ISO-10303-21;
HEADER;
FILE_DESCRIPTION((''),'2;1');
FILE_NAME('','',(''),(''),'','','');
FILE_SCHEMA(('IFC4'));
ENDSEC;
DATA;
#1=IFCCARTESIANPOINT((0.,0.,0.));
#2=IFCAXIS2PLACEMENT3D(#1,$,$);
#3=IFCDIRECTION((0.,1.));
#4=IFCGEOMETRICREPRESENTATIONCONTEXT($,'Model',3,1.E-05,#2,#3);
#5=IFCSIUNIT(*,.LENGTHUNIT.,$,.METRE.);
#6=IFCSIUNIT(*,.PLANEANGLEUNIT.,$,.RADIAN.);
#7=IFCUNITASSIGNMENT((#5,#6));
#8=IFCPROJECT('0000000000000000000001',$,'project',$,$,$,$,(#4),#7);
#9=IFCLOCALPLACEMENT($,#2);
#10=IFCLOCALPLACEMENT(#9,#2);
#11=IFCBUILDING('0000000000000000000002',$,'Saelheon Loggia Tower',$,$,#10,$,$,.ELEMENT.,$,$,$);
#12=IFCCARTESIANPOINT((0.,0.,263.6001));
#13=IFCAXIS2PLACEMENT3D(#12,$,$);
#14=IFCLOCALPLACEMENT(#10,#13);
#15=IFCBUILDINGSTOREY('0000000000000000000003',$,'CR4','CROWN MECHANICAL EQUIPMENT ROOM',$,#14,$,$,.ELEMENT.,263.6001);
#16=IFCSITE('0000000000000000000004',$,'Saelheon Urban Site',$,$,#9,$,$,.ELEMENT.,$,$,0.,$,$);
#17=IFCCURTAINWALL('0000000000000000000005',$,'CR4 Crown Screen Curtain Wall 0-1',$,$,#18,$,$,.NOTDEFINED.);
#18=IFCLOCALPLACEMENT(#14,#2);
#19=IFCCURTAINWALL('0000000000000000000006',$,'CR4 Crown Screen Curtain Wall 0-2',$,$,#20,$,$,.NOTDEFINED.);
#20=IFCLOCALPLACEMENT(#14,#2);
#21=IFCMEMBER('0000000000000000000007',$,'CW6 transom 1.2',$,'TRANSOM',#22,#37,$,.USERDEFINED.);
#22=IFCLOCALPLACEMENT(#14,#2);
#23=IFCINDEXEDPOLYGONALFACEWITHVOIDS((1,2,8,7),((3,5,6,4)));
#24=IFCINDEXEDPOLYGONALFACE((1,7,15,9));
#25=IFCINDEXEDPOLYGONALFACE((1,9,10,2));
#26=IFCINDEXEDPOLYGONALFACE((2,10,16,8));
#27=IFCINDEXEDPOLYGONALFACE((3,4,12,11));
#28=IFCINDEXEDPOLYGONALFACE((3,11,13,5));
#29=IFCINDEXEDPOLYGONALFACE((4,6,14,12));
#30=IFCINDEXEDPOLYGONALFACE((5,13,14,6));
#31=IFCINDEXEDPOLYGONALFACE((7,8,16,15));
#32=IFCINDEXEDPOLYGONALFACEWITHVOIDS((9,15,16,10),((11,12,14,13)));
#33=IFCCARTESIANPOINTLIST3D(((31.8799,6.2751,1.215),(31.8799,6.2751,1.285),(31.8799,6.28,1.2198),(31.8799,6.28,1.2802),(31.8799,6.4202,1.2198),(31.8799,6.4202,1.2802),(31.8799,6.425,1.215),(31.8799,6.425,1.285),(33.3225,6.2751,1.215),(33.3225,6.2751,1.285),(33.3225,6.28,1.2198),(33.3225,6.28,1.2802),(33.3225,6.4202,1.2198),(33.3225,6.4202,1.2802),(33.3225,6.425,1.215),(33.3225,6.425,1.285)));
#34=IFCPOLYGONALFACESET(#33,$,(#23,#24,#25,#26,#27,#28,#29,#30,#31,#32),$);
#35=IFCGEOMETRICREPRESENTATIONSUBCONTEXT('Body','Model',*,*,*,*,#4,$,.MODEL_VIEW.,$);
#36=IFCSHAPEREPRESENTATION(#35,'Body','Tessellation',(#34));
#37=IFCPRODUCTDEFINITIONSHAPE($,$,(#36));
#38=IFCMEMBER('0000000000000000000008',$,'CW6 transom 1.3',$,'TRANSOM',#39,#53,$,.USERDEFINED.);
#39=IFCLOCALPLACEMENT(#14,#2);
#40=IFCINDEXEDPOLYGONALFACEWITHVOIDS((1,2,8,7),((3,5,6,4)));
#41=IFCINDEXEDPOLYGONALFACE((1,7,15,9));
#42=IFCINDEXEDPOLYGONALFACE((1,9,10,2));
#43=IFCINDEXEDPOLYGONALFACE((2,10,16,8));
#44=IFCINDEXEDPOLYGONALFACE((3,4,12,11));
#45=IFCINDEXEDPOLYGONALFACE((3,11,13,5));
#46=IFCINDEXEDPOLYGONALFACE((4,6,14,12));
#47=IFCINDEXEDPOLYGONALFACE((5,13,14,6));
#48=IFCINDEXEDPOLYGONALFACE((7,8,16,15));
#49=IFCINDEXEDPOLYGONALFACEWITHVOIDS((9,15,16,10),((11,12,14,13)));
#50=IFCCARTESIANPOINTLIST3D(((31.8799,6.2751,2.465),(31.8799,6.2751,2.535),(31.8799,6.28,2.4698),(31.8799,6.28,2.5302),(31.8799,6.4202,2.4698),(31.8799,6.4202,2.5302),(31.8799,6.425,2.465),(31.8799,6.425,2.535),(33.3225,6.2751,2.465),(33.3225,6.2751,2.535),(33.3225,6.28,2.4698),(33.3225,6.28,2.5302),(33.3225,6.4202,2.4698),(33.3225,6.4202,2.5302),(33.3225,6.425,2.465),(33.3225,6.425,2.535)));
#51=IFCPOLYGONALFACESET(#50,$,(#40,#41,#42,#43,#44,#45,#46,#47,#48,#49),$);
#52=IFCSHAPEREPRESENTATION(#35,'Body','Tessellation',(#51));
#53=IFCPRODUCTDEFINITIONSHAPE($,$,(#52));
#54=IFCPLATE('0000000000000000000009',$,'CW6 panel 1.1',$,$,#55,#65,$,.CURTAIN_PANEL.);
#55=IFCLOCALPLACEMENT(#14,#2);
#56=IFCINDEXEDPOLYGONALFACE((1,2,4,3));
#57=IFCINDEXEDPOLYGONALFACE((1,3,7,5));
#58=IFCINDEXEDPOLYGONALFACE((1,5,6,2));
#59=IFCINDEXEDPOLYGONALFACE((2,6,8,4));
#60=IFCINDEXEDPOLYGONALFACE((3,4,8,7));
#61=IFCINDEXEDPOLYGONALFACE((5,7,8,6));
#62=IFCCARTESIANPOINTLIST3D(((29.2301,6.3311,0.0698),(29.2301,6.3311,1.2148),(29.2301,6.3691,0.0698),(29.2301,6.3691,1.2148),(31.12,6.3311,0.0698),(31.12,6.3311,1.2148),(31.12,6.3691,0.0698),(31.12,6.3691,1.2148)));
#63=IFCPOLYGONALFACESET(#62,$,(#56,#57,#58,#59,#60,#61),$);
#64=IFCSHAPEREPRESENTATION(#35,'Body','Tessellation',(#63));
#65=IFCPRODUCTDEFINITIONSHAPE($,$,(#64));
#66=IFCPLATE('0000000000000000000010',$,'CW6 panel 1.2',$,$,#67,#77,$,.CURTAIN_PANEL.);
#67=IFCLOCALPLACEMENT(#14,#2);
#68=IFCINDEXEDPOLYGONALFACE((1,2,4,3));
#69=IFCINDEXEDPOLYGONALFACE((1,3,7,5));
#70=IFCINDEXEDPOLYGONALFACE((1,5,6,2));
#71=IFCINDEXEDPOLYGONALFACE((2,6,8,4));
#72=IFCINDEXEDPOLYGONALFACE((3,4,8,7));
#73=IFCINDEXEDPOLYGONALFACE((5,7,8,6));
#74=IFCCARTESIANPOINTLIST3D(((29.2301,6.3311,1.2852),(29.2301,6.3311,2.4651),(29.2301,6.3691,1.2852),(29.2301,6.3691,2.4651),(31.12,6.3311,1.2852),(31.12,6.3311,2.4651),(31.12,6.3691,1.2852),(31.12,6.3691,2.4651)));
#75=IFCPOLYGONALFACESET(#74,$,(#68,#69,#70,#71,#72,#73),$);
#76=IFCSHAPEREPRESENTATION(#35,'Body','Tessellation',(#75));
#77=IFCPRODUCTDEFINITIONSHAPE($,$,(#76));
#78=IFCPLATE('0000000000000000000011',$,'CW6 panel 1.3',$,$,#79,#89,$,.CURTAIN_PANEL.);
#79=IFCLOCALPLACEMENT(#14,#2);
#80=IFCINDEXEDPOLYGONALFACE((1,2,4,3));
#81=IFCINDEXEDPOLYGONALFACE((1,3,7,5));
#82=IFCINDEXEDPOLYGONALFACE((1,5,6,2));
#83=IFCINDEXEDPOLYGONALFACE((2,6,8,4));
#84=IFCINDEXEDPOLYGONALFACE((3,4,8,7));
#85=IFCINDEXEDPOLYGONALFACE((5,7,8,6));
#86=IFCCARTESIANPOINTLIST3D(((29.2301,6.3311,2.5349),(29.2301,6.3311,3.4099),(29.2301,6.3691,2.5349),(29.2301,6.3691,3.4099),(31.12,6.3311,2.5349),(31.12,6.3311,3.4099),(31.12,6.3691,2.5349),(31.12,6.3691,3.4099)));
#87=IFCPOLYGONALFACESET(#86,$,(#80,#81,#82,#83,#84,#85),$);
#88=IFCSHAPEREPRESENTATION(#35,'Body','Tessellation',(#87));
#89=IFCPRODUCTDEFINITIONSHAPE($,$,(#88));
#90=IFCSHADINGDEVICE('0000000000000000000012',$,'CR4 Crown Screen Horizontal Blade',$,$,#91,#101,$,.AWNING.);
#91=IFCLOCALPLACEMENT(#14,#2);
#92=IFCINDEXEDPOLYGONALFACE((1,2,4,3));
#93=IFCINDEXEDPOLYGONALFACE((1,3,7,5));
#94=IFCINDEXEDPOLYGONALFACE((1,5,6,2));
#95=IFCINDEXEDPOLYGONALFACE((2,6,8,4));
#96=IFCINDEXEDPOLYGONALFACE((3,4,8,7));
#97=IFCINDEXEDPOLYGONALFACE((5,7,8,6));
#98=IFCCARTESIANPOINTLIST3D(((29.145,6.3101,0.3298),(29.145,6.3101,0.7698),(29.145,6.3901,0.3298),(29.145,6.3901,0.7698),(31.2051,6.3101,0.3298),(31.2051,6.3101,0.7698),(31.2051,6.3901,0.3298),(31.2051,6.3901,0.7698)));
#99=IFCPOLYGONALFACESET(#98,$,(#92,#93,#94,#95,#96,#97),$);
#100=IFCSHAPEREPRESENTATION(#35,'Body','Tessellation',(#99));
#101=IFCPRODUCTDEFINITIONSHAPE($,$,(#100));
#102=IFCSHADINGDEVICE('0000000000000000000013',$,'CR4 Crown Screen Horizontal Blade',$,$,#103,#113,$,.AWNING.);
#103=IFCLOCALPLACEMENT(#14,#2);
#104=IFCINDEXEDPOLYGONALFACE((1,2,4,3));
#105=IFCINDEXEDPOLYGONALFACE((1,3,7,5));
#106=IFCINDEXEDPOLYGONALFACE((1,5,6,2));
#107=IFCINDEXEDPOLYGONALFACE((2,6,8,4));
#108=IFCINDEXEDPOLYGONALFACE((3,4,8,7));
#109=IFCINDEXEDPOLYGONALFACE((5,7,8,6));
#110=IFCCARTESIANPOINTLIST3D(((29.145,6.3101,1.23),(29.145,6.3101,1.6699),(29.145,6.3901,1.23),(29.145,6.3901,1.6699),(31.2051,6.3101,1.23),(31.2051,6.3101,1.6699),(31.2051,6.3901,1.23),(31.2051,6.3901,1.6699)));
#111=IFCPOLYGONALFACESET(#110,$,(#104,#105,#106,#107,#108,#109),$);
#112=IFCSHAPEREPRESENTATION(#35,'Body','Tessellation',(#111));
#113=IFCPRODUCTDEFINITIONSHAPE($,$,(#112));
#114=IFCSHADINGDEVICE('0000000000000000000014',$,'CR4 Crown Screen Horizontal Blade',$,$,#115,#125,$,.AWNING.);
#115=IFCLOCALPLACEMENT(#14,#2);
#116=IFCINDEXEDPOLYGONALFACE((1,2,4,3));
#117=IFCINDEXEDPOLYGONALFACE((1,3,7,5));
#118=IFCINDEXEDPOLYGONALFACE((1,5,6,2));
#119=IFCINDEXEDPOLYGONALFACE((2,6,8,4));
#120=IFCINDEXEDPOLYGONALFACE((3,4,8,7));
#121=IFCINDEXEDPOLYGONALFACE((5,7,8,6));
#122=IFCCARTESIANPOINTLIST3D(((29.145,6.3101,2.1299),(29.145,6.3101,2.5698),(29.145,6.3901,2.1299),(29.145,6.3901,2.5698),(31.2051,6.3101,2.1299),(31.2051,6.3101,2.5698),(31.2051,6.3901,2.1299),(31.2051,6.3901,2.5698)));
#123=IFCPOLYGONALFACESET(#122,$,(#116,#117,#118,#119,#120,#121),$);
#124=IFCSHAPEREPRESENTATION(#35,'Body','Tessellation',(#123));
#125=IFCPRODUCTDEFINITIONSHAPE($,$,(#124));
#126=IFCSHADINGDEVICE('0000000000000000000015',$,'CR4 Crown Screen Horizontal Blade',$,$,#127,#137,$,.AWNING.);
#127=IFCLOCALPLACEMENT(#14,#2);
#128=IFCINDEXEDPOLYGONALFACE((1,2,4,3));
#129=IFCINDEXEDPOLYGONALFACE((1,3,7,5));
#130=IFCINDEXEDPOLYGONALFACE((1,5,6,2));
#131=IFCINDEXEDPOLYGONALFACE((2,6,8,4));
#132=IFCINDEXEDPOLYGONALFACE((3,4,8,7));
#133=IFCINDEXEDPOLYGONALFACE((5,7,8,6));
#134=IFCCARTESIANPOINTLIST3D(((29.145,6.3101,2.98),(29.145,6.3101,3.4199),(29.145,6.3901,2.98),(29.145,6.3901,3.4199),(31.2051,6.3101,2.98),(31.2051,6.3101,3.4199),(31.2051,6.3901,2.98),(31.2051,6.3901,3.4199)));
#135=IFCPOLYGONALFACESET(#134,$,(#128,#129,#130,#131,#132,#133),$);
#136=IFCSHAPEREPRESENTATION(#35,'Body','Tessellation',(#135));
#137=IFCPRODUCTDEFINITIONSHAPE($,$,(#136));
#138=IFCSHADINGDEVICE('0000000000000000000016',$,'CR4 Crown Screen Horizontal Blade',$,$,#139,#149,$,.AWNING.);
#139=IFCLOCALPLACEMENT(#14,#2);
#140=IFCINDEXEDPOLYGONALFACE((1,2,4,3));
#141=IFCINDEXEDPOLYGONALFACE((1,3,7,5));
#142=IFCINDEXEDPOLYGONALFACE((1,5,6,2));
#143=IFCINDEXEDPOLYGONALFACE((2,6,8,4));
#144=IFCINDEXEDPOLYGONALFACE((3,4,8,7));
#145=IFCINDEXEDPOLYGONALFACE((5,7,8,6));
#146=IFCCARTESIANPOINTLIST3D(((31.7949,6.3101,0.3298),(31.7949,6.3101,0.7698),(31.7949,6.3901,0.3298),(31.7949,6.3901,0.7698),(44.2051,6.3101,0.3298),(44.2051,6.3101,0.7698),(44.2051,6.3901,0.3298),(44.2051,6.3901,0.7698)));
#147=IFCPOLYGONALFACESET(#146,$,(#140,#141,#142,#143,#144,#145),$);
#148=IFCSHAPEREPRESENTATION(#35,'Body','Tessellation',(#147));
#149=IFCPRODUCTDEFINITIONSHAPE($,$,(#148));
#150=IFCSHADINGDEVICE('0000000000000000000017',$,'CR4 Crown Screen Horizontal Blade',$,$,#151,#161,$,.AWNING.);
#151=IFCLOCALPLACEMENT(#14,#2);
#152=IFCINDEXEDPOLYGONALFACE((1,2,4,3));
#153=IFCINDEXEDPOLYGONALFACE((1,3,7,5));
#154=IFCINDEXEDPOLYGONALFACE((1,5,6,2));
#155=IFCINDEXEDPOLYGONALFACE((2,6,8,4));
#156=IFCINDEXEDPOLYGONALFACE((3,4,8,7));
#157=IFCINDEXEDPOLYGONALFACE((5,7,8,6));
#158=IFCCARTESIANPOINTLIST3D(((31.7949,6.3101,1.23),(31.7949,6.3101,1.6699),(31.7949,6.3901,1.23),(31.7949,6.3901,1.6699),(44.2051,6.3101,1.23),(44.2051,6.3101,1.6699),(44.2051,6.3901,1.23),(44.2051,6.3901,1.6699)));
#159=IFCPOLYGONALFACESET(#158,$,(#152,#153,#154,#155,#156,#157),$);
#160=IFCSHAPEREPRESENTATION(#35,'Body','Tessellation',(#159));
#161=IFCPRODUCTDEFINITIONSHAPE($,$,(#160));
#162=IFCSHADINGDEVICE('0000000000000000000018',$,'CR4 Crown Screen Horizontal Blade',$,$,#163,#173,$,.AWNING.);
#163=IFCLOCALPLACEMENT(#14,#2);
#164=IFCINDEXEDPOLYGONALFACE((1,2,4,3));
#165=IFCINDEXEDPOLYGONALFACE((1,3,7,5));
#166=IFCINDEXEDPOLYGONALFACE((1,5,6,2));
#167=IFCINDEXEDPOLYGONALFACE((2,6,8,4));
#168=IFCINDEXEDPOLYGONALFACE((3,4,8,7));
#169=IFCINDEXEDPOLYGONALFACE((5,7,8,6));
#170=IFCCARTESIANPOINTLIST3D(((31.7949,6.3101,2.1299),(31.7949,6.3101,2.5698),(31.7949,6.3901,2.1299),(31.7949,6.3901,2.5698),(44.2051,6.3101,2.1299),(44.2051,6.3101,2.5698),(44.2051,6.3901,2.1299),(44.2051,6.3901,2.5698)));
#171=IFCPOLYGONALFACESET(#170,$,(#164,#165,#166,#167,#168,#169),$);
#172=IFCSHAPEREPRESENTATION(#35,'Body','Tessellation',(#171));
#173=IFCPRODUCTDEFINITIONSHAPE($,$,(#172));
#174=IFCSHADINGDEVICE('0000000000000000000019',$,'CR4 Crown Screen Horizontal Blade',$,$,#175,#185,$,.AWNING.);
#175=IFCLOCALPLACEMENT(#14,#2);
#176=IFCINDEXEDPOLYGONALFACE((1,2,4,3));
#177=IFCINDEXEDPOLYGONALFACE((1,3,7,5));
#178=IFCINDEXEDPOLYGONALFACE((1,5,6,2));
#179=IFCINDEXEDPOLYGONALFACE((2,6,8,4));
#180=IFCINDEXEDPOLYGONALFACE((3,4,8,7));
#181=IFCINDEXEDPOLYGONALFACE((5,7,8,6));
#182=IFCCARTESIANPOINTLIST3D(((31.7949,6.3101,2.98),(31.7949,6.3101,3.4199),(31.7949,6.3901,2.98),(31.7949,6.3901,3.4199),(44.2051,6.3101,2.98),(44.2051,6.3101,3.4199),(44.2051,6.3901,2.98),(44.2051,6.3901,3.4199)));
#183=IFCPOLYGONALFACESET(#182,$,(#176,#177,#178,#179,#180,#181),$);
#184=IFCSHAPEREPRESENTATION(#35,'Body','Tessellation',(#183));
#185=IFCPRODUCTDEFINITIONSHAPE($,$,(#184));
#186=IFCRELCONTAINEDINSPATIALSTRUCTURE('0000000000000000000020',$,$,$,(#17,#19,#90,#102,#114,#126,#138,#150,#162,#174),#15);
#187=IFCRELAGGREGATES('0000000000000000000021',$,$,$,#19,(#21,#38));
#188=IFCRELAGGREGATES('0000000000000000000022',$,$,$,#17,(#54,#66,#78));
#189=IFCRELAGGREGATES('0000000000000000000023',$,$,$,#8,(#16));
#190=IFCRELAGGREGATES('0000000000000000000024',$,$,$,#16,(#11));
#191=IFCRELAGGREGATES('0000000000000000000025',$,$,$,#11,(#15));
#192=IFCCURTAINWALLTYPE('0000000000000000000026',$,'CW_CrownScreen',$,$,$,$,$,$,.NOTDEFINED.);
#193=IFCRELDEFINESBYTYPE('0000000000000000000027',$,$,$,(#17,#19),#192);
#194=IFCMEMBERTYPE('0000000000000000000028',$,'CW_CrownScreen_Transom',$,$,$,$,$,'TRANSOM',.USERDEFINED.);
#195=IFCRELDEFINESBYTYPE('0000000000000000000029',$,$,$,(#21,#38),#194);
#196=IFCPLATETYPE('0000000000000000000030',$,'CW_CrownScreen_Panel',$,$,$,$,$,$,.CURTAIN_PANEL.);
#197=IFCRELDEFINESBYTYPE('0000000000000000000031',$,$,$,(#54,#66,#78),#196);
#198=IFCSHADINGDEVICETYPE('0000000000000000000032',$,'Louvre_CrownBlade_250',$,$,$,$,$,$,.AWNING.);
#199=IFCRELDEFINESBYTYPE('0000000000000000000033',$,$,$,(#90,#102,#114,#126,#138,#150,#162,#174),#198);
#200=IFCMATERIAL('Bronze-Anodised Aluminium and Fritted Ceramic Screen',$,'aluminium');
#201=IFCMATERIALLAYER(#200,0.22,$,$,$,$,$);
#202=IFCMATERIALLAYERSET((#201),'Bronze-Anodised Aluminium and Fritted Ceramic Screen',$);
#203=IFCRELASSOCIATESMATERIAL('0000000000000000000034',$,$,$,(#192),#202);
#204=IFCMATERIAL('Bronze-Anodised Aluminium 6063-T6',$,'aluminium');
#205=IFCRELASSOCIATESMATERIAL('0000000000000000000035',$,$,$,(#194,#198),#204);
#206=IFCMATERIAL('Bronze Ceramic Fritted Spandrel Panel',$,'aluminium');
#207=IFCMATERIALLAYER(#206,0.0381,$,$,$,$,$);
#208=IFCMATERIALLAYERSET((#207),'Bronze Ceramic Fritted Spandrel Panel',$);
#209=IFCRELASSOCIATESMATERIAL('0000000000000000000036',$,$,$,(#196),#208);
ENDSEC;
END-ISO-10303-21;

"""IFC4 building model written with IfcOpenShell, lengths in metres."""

from ifc_helpers import new_model, si_unit, direction, frame, origin, origin_2d, place, context, subcontext, project, spatial, rectangle, hollow_rectangle, extrude, source, transform, mapped, material, layer, layer_set, material_profile, profile_set, type_object, element, aggregate, save


model = new_model("IFC4")

# Units and contexts
model_context = context("Model", 3, precision=1e-05, world=origin(), true_north=direction((0.0, 1.0)))
body_context = subcontext(model_context, "Body", "Model", "MODEL_VIEW")
ifc_project = project(units=[si_unit("LENGTHUNIT", "METRE"), si_unit("PLANEANGLEUNIT", "RADIAN")], contexts=[model_context])

# Site, building, storey
site_placement = place(None, origin())
site = spatial("IfcSite", under=ifc_project, at=site_placement, Name="Saelheon Urban Site", CompositionType="ELEMENT", RefElevation=0.0)
building_placement = place(site_placement, origin())
building = spatial("IfcBuilding", under=site, at=building_placement, Name="Saelheon Loggia Tower", CompositionType="ELEMENT")
storey_placement = place(building_placement, frame((0.0, 0.0, 263.6001)))
storey = spatial("IfcBuildingStorey", under=building, at=storey_placement, Name="CR4", Description="CROWN MECHANICAL EQUIPMENT ROOM", CompositionType="ELEMENT", Elevation=263.6001)

# Curtain wall
ifc_material_1 = material(Name="Bronze-Anodised Aluminium and Fritted Ceramic Screen", Category="aluminium")
ifc_layer_1 = layer(ifc_material_1, 0.22)
ifc_layer_set_1 = layer_set([ifc_layer_1], Name="Bronze-Anodised Aluminium and Fritted Ceramic Screen")
curtain_wall_type = type_object("IfcCurtainWallType", Name="CW_CrownScreen", PredefinedType="NOTDEFINED", material=ifc_layer_set_1)
curtain_wall_1_placement = place(storey_placement, origin())
curtain_wall_1 = element("IfcCurtainWall", 1, at=curtain_wall_1_placement, inside=storey, type_object=curtain_wall_type, Name="CR4 Crown Screen Curtain Wall 0-1", PredefinedType="NOTDEFINED")
ifc_material_2 = material(Name="Bronze-Anodised Aluminium 6063-T6", Category="aluminium")

# Curtain wall
curtain_wall_2_placement = place(storey_placement, origin())
curtain_wall_2 = element("IfcCurtainWall", 2, at=curtain_wall_2_placement, inside=storey, type_object=curtain_wall_type, Name="CR4 Crown Screen Curtain Wall 0-2", PredefinedType="NOTDEFINED")

# Members
ifc_material_profile_1 = material_profile(ifc_material_2, hollow_rectangle(XDim=0.0701, YDim=0.1499, WallThickness=0.0049, at=origin_2d()), Name="RHS-150x70x5")
ifc_profile_set_1 = profile_set([ifc_material_profile_1], Name="Bronze-Anodised Aluminium 6063-T6")
member_type_1 = type_object("IfcMemberType", Name="CW_CrownScreen_Transom", ElementType="TRANSOM", PredefinedType="USERDEFINED", material=ifc_profile_set_1)
shared_shape_1 = source(origin(), body_context, "Body", "SweptSolid", [
    extrude(hollow_rectangle(XDim=0.0701, YDim=0.1499, WallThickness=0.0049, at=origin_2d()), origin(), (0.0, 0.0, 1.0), 1.4426),
])
member_1_placement = place(storey_placement, frame((31.8799, 6.3501, 1.25), z_axis=(1.0, 0.0, 0.0), x_axis=(0.0, 0.0, 1.0)))
member_1 = element("IfcMember", 3, at=member_1_placement, type_object=member_type_1, Name="CW6 transom 1.2", ObjectType="TRANSOM", PredefinedType="USERDEFINED", context=body_context, shape_type="MappedRepresentation", body=[
    mapped(shared_shape_1, transform((0.0, 0.0, 0.0), scale=1.0)),
])
member_2_placement = place(storey_placement, frame((31.8799, 6.3501, 2.5), z_axis=(1.0, 0.0, 0.0), x_axis=(0.0, 0.0, 1.0)))
member_2 = element("IfcMember", 4, at=member_2_placement, type_object=member_type_1, Name="CW6 transom 1.3", ObjectType="TRANSOM", PredefinedType="USERDEFINED", context=body_context, shape_type="MappedRepresentation", body=[
    mapped(shared_shape_1, transform((0.0, 0.0, 0.0), scale=1.0)),
])
aggregate(curtain_wall_2, [member_1, member_2])

# Plates
ifc_material_3 = material(Name="Bronze Ceramic Fritted Spandrel Panel", Category="aluminium")
ifc_layer_2 = layer(ifc_material_3, 0.0381)
ifc_layer_set_2 = layer_set([ifc_layer_2], Name="Bronze Ceramic Fritted Spandrel Panel")
plate_type = type_object("IfcPlateType", Name="CW_CrownScreen_Panel", PredefinedType="CURTAIN_PANEL", material=ifc_layer_set_2)
shared_shape_2 = source(origin(), body_context, "Body", "SweptSolid", [
    extrude(rectangle(XDim=1.8899, YDim=0.0381, at=origin_2d()), origin(), (0.0, 0.0, 1.0), 1.145),
])
plate_1_placement = place(storey_placement, frame((30.175, 6.3501, 0.0698), z_axis=(0.0, 0.0, 1.0), x_axis=(1.0, 0.0, 0.0)))
plate_1 = element("IfcPlate", 5, at=plate_1_placement, type_object=plate_type, Name="CW6 panel 1.1", PredefinedType="CURTAIN_PANEL", context=body_context, shape_type="MappedRepresentation", body=[
    mapped(shared_shape_2, transform((0.0, 0.0, 0.0), scale=1.0)),
])
shared_shape_3 = source(origin(), body_context, "Body", "SweptSolid", [
    extrude(rectangle(XDim=1.8899, YDim=0.0381, at=origin_2d()), origin(), (0.0, 0.0, 1.0), 1.1799),
])
plate_2_placement = place(storey_placement, frame((30.175, 6.3501, 1.2852), z_axis=(0.0, 0.0, 1.0), x_axis=(1.0, 0.0, 0.0)))
plate_2 = element("IfcPlate", 6, at=plate_2_placement, type_object=plate_type, Name="CW6 panel 1.2", PredefinedType="CURTAIN_PANEL", context=body_context, shape_type="MappedRepresentation", body=[
    mapped(shared_shape_3, transform((0.0, 0.0, 0.0), scale=1.0)),
])
shared_shape_4 = source(origin(), body_context, "Body", "SweptSolid", [
    extrude(rectangle(XDim=1.8899, YDim=0.0381, at=origin_2d()), origin(), (0.0, 0.0, 1.0), 0.875),
])
plate_3_placement = place(storey_placement, frame((30.175, 6.3501, 2.5349), z_axis=(0.0, 0.0, 1.0), x_axis=(1.0, 0.0, 0.0)))
plate_3 = element("IfcPlate", 7, at=plate_3_placement, type_object=plate_type, Name="CW6 panel 1.3", PredefinedType="CURTAIN_PANEL", context=body_context, shape_type="MappedRepresentation", body=[
    mapped(shared_shape_4, transform((0.0, 0.0, 0.0), scale=1.0)),
])
aggregate(curtain_wall_1, [plate_1, plate_2, plate_3])

# Shading devices
ifc_material_profile_2 = material_profile(ifc_material_2, rectangle(XDim=0.0801, YDim=0.4399, at=origin_2d()), Name="Louvre_CrownBlade_250")
ifc_profile_set_2 = profile_set([ifc_material_profile_2], Name="Bronze-Anodised Aluminium 6063-T6")
shading_device_type = type_object("IfcShadingDeviceType", Name="Louvre_CrownBlade_250", PredefinedType="AWNING", material=ifc_profile_set_2)
shared_shape_5 = source(origin(), body_context, "Body", "SweptSolid", [
    extrude(rectangle(XDim=0.0801, YDim=0.4399, at=origin_2d()), origin(), (0.0, 0.0, 1.0), 2.0601),
])
for number, where, z_axis, x_axis, name in (
    (8, (29.145, 6.3501, 0.5498), (1.0, 0.0, 0.0), (0.0, 1.0, 0.0), "CR4 Crown Screen Horizontal Blade"),
    (9, (29.145, 6.3501, 1.45), (1.0, 0.0, 0.0), (0.0, 1.0, 0.0), "CR4 Crown Screen Horizontal Blade"),
    (10, (29.145, 6.3501, 2.3499), (1.0, 0.0, 0.0), (0.0, 1.0, 0.0), "CR4 Crown Screen Horizontal Blade"),
    (11, (29.145, 6.3501, 3.2), (1.0, 0.0, 0.0), (0.0, 1.0, 0.0), "CR4 Crown Screen Horizontal Blade"),
):
    element("IfcShadingDevice", number, at=place(storey_placement, frame(where, z_axis=z_axis, x_axis=x_axis)), inside=storey, type_object=shading_device_type, Name=name, PredefinedType="AWNING", context=body_context, shape_type="MappedRepresentation", body=[
        mapped(shared_shape_5, transform((0.0, 0.0, 0.0), scale=1.0)),
    ])
shared_shape_6 = source(origin(), body_context, "Body", "SweptSolid", [
    extrude(rectangle(XDim=0.0801, YDim=0.4399, at=origin_2d()), origin(), (0.0, 0.0, 1.0), 12.4102),
])
for number, where, z_axis, x_axis, name in (
    (12, (31.7949, 6.3501, 0.5498), (1.0, 0.0, 0.0), (0.0, 1.0, 0.0), "CR4 Crown Screen Horizontal Blade"),
    (13, (31.7949, 6.3501, 1.45), (1.0, 0.0, 0.0), (0.0, 1.0, 0.0), "CR4 Crown Screen Horizontal Blade"),
    (14, (31.7949, 6.3501, 2.3499), (1.0, 0.0, 0.0), (0.0, 1.0, 0.0), "CR4 Crown Screen Horizontal Blade"),
    (15, (31.7949, 6.3501, 3.2), (1.0, 0.0, 0.0), (0.0, 1.0, 0.0), "CR4 Crown Screen Horizontal Blade"),
):
    element("IfcShadingDevice", number, at=place(storey_placement, frame(where, z_axis=z_axis, x_axis=x_axis)), inside=storey, type_object=shading_device_type, Name=name, PredefinedType="AWNING", context=body_context, shape_type="MappedRepresentation", body=[
        mapped(shared_shape_6, transform((0.0, 0.0, 0.0), scale=1.0)),
    ])

save(model, "model.ifc")
